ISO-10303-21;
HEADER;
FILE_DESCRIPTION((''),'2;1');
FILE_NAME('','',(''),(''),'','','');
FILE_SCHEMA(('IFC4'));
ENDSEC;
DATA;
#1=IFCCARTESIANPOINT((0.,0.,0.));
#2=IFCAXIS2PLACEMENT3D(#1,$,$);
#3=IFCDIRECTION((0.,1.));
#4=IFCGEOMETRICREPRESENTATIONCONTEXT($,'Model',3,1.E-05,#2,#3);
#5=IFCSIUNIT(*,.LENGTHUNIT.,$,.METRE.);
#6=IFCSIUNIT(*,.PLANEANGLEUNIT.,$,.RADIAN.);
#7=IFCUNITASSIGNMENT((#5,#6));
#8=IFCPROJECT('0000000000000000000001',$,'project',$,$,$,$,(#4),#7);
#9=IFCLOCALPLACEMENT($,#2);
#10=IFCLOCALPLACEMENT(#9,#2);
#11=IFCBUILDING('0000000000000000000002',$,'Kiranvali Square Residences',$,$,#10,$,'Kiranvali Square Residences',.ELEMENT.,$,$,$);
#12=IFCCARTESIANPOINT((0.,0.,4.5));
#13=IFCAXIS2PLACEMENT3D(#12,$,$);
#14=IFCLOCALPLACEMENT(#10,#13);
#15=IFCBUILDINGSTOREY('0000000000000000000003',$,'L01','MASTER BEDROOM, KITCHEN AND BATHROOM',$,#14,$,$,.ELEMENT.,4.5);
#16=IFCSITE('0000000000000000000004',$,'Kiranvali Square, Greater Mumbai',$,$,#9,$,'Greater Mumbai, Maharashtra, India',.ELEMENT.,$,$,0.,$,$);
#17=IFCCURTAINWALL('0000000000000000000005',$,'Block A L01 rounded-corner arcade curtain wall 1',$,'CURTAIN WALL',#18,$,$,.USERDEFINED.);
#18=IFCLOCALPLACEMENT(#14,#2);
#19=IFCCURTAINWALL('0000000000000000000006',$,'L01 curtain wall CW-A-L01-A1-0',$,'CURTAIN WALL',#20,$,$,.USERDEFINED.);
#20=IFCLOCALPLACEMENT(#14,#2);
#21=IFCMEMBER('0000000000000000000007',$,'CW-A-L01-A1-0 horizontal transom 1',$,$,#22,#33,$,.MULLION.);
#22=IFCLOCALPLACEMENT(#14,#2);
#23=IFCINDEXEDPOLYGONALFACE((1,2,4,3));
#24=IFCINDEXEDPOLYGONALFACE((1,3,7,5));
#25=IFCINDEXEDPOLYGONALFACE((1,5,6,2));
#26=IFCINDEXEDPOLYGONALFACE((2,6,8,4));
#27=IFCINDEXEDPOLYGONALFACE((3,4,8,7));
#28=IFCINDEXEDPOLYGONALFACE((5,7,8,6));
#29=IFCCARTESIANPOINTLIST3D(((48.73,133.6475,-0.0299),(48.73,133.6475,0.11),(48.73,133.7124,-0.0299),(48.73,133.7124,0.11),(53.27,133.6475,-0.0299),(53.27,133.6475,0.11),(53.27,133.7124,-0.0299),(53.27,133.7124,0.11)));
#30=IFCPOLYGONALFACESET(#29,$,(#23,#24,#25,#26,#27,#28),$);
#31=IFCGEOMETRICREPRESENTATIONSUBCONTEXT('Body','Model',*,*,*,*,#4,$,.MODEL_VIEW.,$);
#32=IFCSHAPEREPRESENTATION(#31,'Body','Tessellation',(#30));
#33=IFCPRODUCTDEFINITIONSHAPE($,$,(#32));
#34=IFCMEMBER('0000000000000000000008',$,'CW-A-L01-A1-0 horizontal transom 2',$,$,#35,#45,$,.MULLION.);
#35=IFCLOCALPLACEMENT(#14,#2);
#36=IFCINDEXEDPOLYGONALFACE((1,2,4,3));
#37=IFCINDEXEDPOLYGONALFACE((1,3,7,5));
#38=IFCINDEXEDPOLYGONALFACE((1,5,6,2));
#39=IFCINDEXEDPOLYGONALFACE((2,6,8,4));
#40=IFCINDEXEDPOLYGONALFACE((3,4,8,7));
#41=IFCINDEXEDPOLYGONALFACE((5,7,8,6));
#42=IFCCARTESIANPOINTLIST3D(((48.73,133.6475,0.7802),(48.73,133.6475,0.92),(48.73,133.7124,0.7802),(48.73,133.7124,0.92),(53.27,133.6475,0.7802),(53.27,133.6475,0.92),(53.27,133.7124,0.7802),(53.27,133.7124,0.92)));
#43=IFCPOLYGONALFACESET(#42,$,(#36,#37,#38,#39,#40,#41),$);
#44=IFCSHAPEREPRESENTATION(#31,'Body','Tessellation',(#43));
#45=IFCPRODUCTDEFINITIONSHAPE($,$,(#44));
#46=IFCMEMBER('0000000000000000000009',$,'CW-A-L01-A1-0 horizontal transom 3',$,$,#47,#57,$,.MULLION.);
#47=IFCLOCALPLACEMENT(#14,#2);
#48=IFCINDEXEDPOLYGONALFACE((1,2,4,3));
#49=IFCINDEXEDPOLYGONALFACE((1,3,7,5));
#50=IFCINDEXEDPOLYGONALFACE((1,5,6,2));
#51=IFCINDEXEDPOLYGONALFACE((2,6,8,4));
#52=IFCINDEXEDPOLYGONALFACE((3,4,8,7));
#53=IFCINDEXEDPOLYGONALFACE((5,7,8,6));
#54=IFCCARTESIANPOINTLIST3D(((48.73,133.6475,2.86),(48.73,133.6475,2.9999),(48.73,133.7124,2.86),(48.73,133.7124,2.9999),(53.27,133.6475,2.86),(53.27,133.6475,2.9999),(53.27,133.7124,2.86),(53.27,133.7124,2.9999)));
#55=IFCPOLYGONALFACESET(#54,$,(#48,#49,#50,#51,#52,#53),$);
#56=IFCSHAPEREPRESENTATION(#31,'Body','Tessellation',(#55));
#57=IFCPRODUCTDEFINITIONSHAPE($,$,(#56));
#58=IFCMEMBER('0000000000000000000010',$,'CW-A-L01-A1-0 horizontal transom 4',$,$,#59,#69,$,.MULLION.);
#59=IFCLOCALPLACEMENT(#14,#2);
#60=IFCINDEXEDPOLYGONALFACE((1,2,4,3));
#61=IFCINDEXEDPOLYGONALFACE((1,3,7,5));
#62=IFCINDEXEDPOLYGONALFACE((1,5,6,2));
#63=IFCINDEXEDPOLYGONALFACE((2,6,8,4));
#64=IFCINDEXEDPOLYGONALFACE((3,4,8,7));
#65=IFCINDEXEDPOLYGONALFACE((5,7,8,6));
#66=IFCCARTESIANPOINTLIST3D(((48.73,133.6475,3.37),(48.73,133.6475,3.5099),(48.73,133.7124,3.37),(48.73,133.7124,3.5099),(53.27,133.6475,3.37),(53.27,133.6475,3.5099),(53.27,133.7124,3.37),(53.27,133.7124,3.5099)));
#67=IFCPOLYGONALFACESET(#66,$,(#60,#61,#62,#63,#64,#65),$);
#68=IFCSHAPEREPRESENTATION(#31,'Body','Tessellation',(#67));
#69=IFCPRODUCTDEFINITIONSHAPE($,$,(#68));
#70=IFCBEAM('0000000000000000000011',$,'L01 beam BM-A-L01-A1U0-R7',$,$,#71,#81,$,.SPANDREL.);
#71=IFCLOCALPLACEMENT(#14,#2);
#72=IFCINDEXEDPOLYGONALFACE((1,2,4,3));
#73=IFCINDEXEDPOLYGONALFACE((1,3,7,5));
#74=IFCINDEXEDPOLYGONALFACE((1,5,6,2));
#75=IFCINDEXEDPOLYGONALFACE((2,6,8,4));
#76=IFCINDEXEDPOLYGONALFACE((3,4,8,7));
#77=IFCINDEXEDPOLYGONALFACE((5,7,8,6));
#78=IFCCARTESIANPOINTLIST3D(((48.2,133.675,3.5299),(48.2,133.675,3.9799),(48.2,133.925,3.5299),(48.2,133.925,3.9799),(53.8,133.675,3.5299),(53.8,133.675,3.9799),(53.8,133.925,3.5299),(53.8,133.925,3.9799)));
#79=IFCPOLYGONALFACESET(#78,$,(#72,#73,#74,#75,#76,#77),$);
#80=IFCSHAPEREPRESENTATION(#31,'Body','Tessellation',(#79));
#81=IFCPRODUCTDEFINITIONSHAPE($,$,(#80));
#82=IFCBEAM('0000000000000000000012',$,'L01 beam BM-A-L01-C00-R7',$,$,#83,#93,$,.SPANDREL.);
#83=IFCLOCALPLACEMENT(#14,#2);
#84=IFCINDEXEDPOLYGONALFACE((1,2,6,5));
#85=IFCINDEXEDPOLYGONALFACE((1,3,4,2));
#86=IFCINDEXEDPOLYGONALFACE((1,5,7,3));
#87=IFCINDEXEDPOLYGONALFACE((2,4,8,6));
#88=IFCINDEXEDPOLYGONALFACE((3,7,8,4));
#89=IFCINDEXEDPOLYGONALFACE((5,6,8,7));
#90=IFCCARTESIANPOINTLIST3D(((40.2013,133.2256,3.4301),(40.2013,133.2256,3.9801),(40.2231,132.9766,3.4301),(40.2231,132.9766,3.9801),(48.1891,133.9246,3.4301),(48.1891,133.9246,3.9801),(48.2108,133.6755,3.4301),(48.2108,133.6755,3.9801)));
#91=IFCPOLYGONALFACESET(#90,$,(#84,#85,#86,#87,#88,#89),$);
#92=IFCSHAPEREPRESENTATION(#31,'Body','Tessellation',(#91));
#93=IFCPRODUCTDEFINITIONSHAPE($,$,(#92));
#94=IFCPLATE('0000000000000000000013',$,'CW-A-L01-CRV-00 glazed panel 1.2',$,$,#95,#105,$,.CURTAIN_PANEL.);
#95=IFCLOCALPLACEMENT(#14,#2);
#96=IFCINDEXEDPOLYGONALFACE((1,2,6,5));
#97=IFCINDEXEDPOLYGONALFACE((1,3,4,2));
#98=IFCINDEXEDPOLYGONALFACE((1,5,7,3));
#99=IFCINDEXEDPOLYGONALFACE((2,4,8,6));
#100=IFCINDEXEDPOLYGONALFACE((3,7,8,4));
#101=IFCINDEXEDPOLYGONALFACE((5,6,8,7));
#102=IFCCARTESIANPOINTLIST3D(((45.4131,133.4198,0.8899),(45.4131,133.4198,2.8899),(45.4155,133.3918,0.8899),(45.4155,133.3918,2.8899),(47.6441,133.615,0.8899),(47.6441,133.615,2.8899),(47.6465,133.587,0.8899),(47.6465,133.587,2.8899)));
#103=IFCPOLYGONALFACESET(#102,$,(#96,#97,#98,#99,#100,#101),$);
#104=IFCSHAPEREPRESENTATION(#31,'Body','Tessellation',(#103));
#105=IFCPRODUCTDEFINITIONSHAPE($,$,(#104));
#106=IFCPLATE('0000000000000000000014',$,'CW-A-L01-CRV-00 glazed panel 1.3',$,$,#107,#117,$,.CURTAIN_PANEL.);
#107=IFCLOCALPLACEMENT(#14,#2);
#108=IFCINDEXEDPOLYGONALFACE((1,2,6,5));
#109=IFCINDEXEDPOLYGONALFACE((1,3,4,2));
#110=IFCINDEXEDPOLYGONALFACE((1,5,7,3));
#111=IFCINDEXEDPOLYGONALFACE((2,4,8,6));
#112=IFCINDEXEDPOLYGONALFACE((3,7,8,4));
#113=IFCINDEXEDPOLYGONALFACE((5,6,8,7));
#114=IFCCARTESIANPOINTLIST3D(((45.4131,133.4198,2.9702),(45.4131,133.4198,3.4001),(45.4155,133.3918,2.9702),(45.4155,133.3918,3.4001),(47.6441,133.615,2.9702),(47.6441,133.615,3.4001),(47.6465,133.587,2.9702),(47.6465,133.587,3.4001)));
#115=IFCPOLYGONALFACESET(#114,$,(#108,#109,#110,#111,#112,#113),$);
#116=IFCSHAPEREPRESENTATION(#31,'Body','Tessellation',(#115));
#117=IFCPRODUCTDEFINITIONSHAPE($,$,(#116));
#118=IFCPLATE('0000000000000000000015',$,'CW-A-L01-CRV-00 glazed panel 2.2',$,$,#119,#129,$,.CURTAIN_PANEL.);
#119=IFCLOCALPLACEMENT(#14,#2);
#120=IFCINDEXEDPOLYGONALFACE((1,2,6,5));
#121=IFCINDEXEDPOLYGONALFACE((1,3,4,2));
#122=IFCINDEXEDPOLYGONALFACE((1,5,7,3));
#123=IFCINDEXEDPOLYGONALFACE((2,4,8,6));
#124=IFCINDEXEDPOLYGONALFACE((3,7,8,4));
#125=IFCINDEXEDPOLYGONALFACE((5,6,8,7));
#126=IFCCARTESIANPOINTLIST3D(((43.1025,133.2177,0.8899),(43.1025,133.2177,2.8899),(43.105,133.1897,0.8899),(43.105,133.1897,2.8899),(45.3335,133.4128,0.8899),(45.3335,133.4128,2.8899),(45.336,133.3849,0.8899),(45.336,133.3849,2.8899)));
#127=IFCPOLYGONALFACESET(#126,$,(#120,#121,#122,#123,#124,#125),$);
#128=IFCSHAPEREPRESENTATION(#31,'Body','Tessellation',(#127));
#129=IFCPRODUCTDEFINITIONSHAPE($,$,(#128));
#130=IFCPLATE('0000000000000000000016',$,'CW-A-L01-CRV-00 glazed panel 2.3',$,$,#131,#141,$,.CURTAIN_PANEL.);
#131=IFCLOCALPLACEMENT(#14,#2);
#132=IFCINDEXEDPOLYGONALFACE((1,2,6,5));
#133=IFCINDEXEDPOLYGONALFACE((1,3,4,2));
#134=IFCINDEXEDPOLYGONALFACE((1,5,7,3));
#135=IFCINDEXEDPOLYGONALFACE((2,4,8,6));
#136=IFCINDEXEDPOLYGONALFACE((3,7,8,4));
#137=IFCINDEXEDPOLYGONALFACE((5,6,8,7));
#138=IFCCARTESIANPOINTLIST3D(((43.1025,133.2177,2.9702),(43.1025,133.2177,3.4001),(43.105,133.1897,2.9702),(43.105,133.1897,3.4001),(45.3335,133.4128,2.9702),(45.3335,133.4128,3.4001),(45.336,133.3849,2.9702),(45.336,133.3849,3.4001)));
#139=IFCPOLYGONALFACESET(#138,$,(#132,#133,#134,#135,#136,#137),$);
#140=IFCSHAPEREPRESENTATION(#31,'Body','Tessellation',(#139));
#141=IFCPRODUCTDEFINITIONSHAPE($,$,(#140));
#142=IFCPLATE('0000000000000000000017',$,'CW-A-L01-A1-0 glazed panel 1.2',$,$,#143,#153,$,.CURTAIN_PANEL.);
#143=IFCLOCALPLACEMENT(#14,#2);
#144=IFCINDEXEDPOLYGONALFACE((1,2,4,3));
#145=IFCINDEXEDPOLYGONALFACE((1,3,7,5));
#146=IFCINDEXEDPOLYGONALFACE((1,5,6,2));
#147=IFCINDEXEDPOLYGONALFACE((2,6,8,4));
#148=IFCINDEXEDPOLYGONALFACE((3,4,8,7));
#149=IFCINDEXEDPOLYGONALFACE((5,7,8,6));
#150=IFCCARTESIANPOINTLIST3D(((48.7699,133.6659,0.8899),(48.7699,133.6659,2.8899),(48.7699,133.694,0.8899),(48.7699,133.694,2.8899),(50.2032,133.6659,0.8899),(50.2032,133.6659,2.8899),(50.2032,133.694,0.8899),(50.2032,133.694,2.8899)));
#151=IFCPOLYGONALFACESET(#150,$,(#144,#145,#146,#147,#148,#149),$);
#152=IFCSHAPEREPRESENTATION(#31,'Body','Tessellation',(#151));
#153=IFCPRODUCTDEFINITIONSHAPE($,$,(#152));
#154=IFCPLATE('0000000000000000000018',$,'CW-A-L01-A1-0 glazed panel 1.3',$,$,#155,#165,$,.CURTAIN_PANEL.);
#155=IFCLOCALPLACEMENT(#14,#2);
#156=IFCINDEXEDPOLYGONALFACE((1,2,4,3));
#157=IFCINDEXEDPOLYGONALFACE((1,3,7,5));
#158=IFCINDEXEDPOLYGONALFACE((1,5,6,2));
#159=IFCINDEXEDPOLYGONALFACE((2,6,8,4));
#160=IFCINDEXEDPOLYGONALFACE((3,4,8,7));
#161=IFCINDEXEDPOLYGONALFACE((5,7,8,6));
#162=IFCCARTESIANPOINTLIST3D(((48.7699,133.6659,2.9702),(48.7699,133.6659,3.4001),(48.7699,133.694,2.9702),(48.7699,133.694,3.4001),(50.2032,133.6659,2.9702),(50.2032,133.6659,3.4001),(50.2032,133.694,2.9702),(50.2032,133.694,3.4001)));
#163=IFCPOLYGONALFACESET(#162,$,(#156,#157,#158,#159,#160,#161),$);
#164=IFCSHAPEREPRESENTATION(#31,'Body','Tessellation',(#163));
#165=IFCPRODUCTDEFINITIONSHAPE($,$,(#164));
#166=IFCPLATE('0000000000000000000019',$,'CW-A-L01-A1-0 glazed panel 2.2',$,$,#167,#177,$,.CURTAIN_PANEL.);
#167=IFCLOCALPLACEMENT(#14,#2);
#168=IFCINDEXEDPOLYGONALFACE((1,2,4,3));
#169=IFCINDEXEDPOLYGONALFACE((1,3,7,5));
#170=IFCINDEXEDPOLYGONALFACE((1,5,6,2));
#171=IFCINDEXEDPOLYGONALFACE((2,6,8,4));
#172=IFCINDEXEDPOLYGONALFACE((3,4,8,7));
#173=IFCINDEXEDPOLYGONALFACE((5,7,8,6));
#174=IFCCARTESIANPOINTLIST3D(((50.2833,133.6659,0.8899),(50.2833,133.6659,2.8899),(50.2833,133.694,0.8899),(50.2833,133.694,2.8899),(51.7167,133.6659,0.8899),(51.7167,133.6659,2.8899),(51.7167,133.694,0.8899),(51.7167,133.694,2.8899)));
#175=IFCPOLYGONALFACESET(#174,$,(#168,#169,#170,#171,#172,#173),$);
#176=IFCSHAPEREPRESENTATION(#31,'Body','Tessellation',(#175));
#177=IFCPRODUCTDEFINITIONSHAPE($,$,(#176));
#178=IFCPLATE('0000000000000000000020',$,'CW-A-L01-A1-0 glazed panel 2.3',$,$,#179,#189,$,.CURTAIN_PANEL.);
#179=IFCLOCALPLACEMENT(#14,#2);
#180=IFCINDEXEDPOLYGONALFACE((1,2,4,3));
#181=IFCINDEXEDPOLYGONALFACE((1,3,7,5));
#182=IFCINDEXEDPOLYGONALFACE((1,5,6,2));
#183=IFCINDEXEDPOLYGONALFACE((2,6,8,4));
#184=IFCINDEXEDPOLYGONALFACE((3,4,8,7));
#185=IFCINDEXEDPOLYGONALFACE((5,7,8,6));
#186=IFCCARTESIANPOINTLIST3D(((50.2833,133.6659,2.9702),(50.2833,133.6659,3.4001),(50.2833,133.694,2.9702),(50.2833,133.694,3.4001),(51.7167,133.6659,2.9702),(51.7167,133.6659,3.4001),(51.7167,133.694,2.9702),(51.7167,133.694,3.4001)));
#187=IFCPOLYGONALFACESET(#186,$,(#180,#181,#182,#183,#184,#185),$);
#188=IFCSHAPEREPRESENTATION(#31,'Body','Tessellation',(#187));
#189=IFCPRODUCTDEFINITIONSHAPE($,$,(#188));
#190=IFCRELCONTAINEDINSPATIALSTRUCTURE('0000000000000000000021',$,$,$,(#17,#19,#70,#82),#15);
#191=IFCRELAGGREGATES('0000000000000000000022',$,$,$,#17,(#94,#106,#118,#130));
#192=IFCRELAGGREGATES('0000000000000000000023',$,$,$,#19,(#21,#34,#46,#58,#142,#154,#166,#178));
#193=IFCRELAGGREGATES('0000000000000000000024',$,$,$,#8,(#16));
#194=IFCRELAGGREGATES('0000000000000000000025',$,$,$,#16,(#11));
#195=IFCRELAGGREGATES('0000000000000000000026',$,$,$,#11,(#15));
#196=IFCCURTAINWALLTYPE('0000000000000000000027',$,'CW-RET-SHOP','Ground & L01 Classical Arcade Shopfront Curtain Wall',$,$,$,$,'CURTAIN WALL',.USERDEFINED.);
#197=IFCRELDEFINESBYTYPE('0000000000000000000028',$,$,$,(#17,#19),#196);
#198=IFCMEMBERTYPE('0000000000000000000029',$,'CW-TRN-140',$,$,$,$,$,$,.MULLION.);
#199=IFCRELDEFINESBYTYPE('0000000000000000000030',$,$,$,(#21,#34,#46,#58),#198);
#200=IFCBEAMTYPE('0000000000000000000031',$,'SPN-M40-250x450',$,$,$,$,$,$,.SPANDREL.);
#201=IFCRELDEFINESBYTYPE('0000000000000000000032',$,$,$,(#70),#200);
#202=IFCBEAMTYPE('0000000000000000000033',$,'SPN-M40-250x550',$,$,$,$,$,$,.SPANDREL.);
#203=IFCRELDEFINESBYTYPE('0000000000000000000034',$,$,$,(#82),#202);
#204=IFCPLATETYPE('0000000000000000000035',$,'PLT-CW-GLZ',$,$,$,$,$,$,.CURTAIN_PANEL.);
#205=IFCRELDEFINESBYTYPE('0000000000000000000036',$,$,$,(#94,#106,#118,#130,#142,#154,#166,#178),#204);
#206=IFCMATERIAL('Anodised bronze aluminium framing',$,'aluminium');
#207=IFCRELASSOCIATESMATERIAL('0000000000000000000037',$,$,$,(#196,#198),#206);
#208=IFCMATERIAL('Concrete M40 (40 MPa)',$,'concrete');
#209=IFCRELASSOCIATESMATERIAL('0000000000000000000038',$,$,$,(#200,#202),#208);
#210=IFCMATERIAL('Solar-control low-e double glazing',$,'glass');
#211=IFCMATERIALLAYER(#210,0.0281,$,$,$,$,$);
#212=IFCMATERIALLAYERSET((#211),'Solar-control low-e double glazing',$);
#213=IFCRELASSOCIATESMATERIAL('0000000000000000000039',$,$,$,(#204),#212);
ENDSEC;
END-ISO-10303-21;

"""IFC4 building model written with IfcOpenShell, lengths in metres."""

from ifc_helpers import new_model, si_unit, direction, frame, origin, origin_2d, place, context, subcontext, project, spatial, rectangle, extrude, material, layer, layer_set, material_profile, profile_set, type_object, element, aggregate, save


model = new_model("IFC4")

# Units and contexts
model_context = context("Model", 3, precision=1e-05, world=origin(), true_north=direction((0.0, 1.0)))
body_context = subcontext(model_context, "Body", "Model", "MODEL_VIEW")
ifc_project = project(units=[si_unit("LENGTHUNIT", "METRE"), si_unit("PLANEANGLEUNIT", "RADIAN")], contexts=[model_context])

# Site, building, storey
site_placement = place(None, origin())
site = spatial("IfcSite", under=ifc_project, at=site_placement, Name="Kiranvali Square, Greater Mumbai", LongName="Greater Mumbai, Maharashtra, India", CompositionType="ELEMENT", RefElevation=0.0)
building_placement = place(site_placement, origin())
building = spatial("IfcBuilding", under=site, at=building_placement, Name="Kiranvali Square Residences", LongName="Kiranvali Square Residences", CompositionType="ELEMENT")
storey_placement = place(building_placement, frame((0.0, 0.0, 4.5)))
storey = spatial("IfcBuildingStorey", under=building, at=storey_placement, Name="L01", Description="MASTER BEDROOM, KITCHEN AND BATHROOM", CompositionType="ELEMENT", Elevation=4.5)

# Shared definitions
ifc_material_1 = material(Name="Concrete M40 (40 MPa)", Category="concrete")

# Curtain walls
ifc_material_2 = material(Name="Anodised bronze aluminium framing", Category="aluminium")
curtain_wall_type = type_object("IfcCurtainWallType", Name="CW-RET-SHOP", Description="Ground & L01 Classical Arcade Shopfront Curtain Wall", ElementType="CURTAIN WALL", PredefinedType="USERDEFINED", material=ifc_material_2)
curtain_wall_1_placement = place(storey_placement, origin())
curtain_wall_1 = element("IfcCurtainWall", 1, at=curtain_wall_1_placement, inside=storey, type_object=curtain_wall_type, Name="Block A L01 rounded-corner arcade curtain wall 1", ObjectType="CURTAIN WALL", PredefinedType="USERDEFINED")
curtain_wall_2_placement = place(storey_placement, origin())
curtain_wall_2 = element("IfcCurtainWall", 2, at=curtain_wall_2_placement, inside=storey, type_object=curtain_wall_type, Name="L01 curtain wall CW-A-L01-A1-0", ObjectType="CURTAIN WALL", PredefinedType="USERDEFINED")

# Members
ifc_material_profile_1 = material_profile(ifc_material_2, rectangle(XDim=0.0649, YDim=0.1399, at=origin_2d()), Name="ALU 65x140")
ifc_profile_set_1 = profile_set([ifc_material_profile_1], Name="Anodised bronze aluminium framing")
member_type_1 = type_object("IfcMemberType", Name="CW-TRN-140", PredefinedType="MULLION", material=ifc_profile_set_1)
member_1_placement = place(storey_placement, frame((48.73, 133.6799, 0.04), z_axis=(1.0, 0.0, 0.0), x_axis=(0.0, 1.0, 0.0)))
member_1 = element("IfcMember", 3, at=member_1_placement, type_object=member_type_1, Name="CW-A-L01-A1-0 horizontal transom 1", PredefinedType="MULLION", context=body_context, shape_type="SweptSolid", body=[
    extrude(rectangle(XDim=0.0649, YDim=0.1399, at=origin_2d()), origin(), (0.0, 0.0, 1.0), 4.54),
])
member_2_placement = place(storey_placement, frame((48.73, 133.6799, 0.8501), z_axis=(1.0, 0.0, 0.0), x_axis=(0.0, 1.0, 0.0)))
member_2 = element("IfcMember", 4, at=member_2_placement, type_object=member_type_1, Name="CW-A-L01-A1-0 horizontal transom 2", PredefinedType="MULLION", context=body_context, shape_type="SweptSolid", body=[
    extrude(rectangle(XDim=0.0649, YDim=0.1399, at=origin_2d()), origin(), (0.0, 0.0, 1.0), 4.54),
])
member_3_placement = place(storey_placement, frame((48.73, 133.6799, 2.9299), z_axis=(1.0, 0.0, 0.0), x_axis=(0.0, 1.0, 0.0)))
member_3 = element("IfcMember", 5, at=member_3_placement, type_object=member_type_1, Name="CW-A-L01-A1-0 horizontal transom 3", PredefinedType="MULLION", context=body_context, shape_type="SweptSolid", body=[
    extrude(rectangle(XDim=0.0649, YDim=0.1399, at=origin_2d()), origin(), (0.0, 0.0, 1.0), 4.54),
])
member_4_placement = place(storey_placement, frame((48.73, 133.6799, 3.4399), z_axis=(1.0, 0.0, 0.0), x_axis=(0.0, 1.0, 0.0)))
member_4 = element("IfcMember", 6, at=member_4_placement, type_object=member_type_1, Name="CW-A-L01-A1-0 horizontal transom 4", PredefinedType="MULLION", context=body_context, shape_type="SweptSolid", body=[
    extrude(rectangle(XDim=0.0649, YDim=0.1399, at=origin_2d()), origin(), (0.0, 0.0, 1.0), 4.54),
])

# Beams
ifc_material_profile_2 = material_profile(ifc_material_1, rectangle(XDim=0.25, YDim=0.45, at=origin_2d()), Name="RC 250x450")
ifc_profile_set_2 = profile_set([ifc_material_profile_2], Name="Concrete M40 (40 MPa)")
beam_type_1 = type_object("IfcBeamType", Name="SPN-M40-250x450", PredefinedType="SPANDREL", material=ifc_profile_set_2)
beam_1_placement = place(storey_placement, frame((48.2, 133.8, 3.7549), z_axis=(1.0, 0.0, 0.0), x_axis=(0.0, 1.0, 0.0)))
element("IfcBeam", 7, at=beam_1_placement, inside=storey, type_object=beam_type_1, Name="L01 beam BM-A-L01-A1U0-R7", PredefinedType="SPANDREL", context=body_context, shape_type="SweptSolid", body=[
    extrude(rectangle(XDim=0.25, YDim=0.45, at=origin_2d()), origin(), (0.0, 0.0, 1.0), 5.6001),
])
ifc_material_profile_3 = material_profile(ifc_material_1, rectangle(XDim=0.25, YDim=0.55, at=origin_2d()), Name="RC 250x550")
ifc_profile_set_3 = profile_set([ifc_material_profile_3], Name="Concrete M40 (40 MPa)")
beam_type_2 = type_object("IfcBeamType", Name="SPN-M40-250x550", PredefinedType="SPANDREL", material=ifc_profile_set_3)
beam_2_placement = place(storey_placement, frame((48.2, 133.8, 3.7051), z_axis=(-0.996193, -0.087172, 0.0), x_axis=(0.087172, -0.996193, 0.0)))
element("IfcBeam", 8, at=beam_2_placement, inside=storey, type_object=beam_type_2, Name="L01 beam BM-A-L01-C00-R7", PredefinedType="SPANDREL", context=body_context, shape_type="SweptSolid", body=[
    extrude(rectangle(XDim=0.25, YDim=0.55, at=origin_2d()), origin(), (0.0, 0.0, 1.0), 8.0183),
])

# Plates
ifc_material_3 = material(Name="Solar-control low-e double glazing", Category="glass")
ifc_layer_1 = layer(ifc_material_3, 0.0281)
ifc_layer_set_1 = layer_set([ifc_layer_1], Name="Solar-control low-e double glazing")
plate_type_1 = type_object("IfcPlateType", Name="PLT-CW-GLZ", PredefinedType="CURTAIN_PANEL", material=ifc_layer_set_1)
plate_1_placement = place(storey_placement, frame((46.5298, 133.5034, 0.8899), z_axis=(0.0, 0.0, 1.0), x_axis=(-0.996195, -0.087156, 0.0)))
plate_1 = element("IfcPlate", 9, at=plate_1_placement, type_object=plate_type_1, Name="CW-A-L01-CRV-00 glazed panel 1.2", PredefinedType="CURTAIN_PANEL", context=body_context, shape_type="SweptSolid", body=[
    extrude(rectangle(XDim=2.2395, YDim=0.0281, at=origin_2d()), origin(), (0.0, 0.0, 1.0), 2.0),
])
plate_2_placement = place(storey_placement, frame((46.5298, 133.5034, 2.9702), z_axis=(0.0, 0.0, 1.0), x_axis=(-0.996195, -0.087156, 0.0)))
plate_2 = element("IfcPlate", 10, at=plate_2_placement, type_object=plate_type_1, Name="CW-A-L01-CRV-00 glazed panel 1.3", PredefinedType="CURTAIN_PANEL", context=body_context, shape_type="SweptSolid", body=[
    extrude(rectangle(XDim=2.2395, YDim=0.0281, at=origin_2d()), origin(), (0.0, 0.0, 1.0), 0.4299),
])
plate_3_placement = place(storey_placement, frame((44.2192, 133.3013, 0.8899), z_axis=(0.0, 0.0, 1.0), x_axis=(-0.996195, -0.087156, 0.0)))
plate_3 = element("IfcPlate", 11, at=plate_3_placement, type_object=plate_type_1, Name="CW-A-L01-CRV-00 glazed panel 2.2", PredefinedType="CURTAIN_PANEL", context=body_context, shape_type="SweptSolid", body=[
    extrude(rectangle(XDim=2.2395, YDim=0.0281, at=origin_2d()), origin(), (0.0, 0.0, 1.0), 2.0),
])
plate_4_placement = place(storey_placement, frame((44.2192, 133.3013, 2.9702), z_axis=(0.0, 0.0, 1.0), x_axis=(-0.996195, -0.087156, 0.0)))
plate_4 = element("IfcPlate", 12, at=plate_4_placement, type_object=plate_type_1, Name="CW-A-L01-CRV-00 glazed panel 2.3", PredefinedType="CURTAIN_PANEL", context=body_context, shape_type="SweptSolid", body=[
    extrude(rectangle(XDim=2.2395, YDim=0.0281, at=origin_2d()), origin(), (0.0, 0.0, 1.0), 0.4299),
])
plate_5_placement = place(storey_placement, frame((49.4866, 133.6799, 0.8899), z_axis=(0.0, 0.0, 1.0), x_axis=(1.0, 0.0, 0.0)))
plate_5 = element("IfcPlate", 13, at=plate_5_placement, type_object=plate_type_1, Name="CW-A-L01-A1-0 glazed panel 1.2", PredefinedType="CURTAIN_PANEL", context=body_context, shape_type="SweptSolid", body=[
    extrude(rectangle(XDim=1.4333, YDim=0.0281, at=origin_2d()), origin(), (0.0, 0.0, 1.0), 2.0),
])
plate_6_placement = place(storey_placement, frame((49.4866, 133.6799, 2.9702), z_axis=(0.0, 0.0, 1.0), x_axis=(1.0, 0.0, 0.0)))
plate_6 = element("IfcPlate", 14, at=plate_6_placement, type_object=plate_type_1, Name="CW-A-L01-A1-0 glazed panel 1.3", PredefinedType="CURTAIN_PANEL", context=body_context, shape_type="SweptSolid", body=[
    extrude(rectangle(XDim=1.4333, YDim=0.0281, at=origin_2d()), origin(), (0.0, 0.0, 1.0), 0.4299),
])
plate_7_placement = place(storey_placement, frame((51.0, 133.6799, 0.8899), z_axis=(0.0, 0.0, 1.0), x_axis=(1.0, 0.0, 0.0)))
plate_7 = element("IfcPlate", 15, at=plate_7_placement, type_object=plate_type_1, Name="CW-A-L01-A1-0 glazed panel 2.2", PredefinedType="CURTAIN_PANEL", context=body_context, shape_type="SweptSolid", body=[
    extrude(rectangle(XDim=1.4333, YDim=0.0281, at=origin_2d()), origin(), (0.0, 0.0, 1.0), 2.0),
])
plate_8_placement = place(storey_placement, frame((51.0, 133.6799, 2.9702), z_axis=(0.0, 0.0, 1.0), x_axis=(1.0, 0.0, 0.0)))
plate_8 = element("IfcPlate", 16, at=plate_8_placement, type_object=plate_type_1, Name="CW-A-L01-A1-0 glazed panel 2.3", PredefinedType="CURTAIN_PANEL", context=body_context, shape_type="SweptSolid", body=[
    extrude(rectangle(XDim=1.4333, YDim=0.0281, at=origin_2d()), origin(), (0.0, 0.0, 1.0), 0.4299),
])
aggregate(curtain_wall_1, [plate_1, plate_2, plate_3, plate_4])
aggregate(curtain_wall_2, [member_1, member_2, member_3, member_4, plate_5, plate_6, plate_7, plate_8])

save(model, "model.ifc")
